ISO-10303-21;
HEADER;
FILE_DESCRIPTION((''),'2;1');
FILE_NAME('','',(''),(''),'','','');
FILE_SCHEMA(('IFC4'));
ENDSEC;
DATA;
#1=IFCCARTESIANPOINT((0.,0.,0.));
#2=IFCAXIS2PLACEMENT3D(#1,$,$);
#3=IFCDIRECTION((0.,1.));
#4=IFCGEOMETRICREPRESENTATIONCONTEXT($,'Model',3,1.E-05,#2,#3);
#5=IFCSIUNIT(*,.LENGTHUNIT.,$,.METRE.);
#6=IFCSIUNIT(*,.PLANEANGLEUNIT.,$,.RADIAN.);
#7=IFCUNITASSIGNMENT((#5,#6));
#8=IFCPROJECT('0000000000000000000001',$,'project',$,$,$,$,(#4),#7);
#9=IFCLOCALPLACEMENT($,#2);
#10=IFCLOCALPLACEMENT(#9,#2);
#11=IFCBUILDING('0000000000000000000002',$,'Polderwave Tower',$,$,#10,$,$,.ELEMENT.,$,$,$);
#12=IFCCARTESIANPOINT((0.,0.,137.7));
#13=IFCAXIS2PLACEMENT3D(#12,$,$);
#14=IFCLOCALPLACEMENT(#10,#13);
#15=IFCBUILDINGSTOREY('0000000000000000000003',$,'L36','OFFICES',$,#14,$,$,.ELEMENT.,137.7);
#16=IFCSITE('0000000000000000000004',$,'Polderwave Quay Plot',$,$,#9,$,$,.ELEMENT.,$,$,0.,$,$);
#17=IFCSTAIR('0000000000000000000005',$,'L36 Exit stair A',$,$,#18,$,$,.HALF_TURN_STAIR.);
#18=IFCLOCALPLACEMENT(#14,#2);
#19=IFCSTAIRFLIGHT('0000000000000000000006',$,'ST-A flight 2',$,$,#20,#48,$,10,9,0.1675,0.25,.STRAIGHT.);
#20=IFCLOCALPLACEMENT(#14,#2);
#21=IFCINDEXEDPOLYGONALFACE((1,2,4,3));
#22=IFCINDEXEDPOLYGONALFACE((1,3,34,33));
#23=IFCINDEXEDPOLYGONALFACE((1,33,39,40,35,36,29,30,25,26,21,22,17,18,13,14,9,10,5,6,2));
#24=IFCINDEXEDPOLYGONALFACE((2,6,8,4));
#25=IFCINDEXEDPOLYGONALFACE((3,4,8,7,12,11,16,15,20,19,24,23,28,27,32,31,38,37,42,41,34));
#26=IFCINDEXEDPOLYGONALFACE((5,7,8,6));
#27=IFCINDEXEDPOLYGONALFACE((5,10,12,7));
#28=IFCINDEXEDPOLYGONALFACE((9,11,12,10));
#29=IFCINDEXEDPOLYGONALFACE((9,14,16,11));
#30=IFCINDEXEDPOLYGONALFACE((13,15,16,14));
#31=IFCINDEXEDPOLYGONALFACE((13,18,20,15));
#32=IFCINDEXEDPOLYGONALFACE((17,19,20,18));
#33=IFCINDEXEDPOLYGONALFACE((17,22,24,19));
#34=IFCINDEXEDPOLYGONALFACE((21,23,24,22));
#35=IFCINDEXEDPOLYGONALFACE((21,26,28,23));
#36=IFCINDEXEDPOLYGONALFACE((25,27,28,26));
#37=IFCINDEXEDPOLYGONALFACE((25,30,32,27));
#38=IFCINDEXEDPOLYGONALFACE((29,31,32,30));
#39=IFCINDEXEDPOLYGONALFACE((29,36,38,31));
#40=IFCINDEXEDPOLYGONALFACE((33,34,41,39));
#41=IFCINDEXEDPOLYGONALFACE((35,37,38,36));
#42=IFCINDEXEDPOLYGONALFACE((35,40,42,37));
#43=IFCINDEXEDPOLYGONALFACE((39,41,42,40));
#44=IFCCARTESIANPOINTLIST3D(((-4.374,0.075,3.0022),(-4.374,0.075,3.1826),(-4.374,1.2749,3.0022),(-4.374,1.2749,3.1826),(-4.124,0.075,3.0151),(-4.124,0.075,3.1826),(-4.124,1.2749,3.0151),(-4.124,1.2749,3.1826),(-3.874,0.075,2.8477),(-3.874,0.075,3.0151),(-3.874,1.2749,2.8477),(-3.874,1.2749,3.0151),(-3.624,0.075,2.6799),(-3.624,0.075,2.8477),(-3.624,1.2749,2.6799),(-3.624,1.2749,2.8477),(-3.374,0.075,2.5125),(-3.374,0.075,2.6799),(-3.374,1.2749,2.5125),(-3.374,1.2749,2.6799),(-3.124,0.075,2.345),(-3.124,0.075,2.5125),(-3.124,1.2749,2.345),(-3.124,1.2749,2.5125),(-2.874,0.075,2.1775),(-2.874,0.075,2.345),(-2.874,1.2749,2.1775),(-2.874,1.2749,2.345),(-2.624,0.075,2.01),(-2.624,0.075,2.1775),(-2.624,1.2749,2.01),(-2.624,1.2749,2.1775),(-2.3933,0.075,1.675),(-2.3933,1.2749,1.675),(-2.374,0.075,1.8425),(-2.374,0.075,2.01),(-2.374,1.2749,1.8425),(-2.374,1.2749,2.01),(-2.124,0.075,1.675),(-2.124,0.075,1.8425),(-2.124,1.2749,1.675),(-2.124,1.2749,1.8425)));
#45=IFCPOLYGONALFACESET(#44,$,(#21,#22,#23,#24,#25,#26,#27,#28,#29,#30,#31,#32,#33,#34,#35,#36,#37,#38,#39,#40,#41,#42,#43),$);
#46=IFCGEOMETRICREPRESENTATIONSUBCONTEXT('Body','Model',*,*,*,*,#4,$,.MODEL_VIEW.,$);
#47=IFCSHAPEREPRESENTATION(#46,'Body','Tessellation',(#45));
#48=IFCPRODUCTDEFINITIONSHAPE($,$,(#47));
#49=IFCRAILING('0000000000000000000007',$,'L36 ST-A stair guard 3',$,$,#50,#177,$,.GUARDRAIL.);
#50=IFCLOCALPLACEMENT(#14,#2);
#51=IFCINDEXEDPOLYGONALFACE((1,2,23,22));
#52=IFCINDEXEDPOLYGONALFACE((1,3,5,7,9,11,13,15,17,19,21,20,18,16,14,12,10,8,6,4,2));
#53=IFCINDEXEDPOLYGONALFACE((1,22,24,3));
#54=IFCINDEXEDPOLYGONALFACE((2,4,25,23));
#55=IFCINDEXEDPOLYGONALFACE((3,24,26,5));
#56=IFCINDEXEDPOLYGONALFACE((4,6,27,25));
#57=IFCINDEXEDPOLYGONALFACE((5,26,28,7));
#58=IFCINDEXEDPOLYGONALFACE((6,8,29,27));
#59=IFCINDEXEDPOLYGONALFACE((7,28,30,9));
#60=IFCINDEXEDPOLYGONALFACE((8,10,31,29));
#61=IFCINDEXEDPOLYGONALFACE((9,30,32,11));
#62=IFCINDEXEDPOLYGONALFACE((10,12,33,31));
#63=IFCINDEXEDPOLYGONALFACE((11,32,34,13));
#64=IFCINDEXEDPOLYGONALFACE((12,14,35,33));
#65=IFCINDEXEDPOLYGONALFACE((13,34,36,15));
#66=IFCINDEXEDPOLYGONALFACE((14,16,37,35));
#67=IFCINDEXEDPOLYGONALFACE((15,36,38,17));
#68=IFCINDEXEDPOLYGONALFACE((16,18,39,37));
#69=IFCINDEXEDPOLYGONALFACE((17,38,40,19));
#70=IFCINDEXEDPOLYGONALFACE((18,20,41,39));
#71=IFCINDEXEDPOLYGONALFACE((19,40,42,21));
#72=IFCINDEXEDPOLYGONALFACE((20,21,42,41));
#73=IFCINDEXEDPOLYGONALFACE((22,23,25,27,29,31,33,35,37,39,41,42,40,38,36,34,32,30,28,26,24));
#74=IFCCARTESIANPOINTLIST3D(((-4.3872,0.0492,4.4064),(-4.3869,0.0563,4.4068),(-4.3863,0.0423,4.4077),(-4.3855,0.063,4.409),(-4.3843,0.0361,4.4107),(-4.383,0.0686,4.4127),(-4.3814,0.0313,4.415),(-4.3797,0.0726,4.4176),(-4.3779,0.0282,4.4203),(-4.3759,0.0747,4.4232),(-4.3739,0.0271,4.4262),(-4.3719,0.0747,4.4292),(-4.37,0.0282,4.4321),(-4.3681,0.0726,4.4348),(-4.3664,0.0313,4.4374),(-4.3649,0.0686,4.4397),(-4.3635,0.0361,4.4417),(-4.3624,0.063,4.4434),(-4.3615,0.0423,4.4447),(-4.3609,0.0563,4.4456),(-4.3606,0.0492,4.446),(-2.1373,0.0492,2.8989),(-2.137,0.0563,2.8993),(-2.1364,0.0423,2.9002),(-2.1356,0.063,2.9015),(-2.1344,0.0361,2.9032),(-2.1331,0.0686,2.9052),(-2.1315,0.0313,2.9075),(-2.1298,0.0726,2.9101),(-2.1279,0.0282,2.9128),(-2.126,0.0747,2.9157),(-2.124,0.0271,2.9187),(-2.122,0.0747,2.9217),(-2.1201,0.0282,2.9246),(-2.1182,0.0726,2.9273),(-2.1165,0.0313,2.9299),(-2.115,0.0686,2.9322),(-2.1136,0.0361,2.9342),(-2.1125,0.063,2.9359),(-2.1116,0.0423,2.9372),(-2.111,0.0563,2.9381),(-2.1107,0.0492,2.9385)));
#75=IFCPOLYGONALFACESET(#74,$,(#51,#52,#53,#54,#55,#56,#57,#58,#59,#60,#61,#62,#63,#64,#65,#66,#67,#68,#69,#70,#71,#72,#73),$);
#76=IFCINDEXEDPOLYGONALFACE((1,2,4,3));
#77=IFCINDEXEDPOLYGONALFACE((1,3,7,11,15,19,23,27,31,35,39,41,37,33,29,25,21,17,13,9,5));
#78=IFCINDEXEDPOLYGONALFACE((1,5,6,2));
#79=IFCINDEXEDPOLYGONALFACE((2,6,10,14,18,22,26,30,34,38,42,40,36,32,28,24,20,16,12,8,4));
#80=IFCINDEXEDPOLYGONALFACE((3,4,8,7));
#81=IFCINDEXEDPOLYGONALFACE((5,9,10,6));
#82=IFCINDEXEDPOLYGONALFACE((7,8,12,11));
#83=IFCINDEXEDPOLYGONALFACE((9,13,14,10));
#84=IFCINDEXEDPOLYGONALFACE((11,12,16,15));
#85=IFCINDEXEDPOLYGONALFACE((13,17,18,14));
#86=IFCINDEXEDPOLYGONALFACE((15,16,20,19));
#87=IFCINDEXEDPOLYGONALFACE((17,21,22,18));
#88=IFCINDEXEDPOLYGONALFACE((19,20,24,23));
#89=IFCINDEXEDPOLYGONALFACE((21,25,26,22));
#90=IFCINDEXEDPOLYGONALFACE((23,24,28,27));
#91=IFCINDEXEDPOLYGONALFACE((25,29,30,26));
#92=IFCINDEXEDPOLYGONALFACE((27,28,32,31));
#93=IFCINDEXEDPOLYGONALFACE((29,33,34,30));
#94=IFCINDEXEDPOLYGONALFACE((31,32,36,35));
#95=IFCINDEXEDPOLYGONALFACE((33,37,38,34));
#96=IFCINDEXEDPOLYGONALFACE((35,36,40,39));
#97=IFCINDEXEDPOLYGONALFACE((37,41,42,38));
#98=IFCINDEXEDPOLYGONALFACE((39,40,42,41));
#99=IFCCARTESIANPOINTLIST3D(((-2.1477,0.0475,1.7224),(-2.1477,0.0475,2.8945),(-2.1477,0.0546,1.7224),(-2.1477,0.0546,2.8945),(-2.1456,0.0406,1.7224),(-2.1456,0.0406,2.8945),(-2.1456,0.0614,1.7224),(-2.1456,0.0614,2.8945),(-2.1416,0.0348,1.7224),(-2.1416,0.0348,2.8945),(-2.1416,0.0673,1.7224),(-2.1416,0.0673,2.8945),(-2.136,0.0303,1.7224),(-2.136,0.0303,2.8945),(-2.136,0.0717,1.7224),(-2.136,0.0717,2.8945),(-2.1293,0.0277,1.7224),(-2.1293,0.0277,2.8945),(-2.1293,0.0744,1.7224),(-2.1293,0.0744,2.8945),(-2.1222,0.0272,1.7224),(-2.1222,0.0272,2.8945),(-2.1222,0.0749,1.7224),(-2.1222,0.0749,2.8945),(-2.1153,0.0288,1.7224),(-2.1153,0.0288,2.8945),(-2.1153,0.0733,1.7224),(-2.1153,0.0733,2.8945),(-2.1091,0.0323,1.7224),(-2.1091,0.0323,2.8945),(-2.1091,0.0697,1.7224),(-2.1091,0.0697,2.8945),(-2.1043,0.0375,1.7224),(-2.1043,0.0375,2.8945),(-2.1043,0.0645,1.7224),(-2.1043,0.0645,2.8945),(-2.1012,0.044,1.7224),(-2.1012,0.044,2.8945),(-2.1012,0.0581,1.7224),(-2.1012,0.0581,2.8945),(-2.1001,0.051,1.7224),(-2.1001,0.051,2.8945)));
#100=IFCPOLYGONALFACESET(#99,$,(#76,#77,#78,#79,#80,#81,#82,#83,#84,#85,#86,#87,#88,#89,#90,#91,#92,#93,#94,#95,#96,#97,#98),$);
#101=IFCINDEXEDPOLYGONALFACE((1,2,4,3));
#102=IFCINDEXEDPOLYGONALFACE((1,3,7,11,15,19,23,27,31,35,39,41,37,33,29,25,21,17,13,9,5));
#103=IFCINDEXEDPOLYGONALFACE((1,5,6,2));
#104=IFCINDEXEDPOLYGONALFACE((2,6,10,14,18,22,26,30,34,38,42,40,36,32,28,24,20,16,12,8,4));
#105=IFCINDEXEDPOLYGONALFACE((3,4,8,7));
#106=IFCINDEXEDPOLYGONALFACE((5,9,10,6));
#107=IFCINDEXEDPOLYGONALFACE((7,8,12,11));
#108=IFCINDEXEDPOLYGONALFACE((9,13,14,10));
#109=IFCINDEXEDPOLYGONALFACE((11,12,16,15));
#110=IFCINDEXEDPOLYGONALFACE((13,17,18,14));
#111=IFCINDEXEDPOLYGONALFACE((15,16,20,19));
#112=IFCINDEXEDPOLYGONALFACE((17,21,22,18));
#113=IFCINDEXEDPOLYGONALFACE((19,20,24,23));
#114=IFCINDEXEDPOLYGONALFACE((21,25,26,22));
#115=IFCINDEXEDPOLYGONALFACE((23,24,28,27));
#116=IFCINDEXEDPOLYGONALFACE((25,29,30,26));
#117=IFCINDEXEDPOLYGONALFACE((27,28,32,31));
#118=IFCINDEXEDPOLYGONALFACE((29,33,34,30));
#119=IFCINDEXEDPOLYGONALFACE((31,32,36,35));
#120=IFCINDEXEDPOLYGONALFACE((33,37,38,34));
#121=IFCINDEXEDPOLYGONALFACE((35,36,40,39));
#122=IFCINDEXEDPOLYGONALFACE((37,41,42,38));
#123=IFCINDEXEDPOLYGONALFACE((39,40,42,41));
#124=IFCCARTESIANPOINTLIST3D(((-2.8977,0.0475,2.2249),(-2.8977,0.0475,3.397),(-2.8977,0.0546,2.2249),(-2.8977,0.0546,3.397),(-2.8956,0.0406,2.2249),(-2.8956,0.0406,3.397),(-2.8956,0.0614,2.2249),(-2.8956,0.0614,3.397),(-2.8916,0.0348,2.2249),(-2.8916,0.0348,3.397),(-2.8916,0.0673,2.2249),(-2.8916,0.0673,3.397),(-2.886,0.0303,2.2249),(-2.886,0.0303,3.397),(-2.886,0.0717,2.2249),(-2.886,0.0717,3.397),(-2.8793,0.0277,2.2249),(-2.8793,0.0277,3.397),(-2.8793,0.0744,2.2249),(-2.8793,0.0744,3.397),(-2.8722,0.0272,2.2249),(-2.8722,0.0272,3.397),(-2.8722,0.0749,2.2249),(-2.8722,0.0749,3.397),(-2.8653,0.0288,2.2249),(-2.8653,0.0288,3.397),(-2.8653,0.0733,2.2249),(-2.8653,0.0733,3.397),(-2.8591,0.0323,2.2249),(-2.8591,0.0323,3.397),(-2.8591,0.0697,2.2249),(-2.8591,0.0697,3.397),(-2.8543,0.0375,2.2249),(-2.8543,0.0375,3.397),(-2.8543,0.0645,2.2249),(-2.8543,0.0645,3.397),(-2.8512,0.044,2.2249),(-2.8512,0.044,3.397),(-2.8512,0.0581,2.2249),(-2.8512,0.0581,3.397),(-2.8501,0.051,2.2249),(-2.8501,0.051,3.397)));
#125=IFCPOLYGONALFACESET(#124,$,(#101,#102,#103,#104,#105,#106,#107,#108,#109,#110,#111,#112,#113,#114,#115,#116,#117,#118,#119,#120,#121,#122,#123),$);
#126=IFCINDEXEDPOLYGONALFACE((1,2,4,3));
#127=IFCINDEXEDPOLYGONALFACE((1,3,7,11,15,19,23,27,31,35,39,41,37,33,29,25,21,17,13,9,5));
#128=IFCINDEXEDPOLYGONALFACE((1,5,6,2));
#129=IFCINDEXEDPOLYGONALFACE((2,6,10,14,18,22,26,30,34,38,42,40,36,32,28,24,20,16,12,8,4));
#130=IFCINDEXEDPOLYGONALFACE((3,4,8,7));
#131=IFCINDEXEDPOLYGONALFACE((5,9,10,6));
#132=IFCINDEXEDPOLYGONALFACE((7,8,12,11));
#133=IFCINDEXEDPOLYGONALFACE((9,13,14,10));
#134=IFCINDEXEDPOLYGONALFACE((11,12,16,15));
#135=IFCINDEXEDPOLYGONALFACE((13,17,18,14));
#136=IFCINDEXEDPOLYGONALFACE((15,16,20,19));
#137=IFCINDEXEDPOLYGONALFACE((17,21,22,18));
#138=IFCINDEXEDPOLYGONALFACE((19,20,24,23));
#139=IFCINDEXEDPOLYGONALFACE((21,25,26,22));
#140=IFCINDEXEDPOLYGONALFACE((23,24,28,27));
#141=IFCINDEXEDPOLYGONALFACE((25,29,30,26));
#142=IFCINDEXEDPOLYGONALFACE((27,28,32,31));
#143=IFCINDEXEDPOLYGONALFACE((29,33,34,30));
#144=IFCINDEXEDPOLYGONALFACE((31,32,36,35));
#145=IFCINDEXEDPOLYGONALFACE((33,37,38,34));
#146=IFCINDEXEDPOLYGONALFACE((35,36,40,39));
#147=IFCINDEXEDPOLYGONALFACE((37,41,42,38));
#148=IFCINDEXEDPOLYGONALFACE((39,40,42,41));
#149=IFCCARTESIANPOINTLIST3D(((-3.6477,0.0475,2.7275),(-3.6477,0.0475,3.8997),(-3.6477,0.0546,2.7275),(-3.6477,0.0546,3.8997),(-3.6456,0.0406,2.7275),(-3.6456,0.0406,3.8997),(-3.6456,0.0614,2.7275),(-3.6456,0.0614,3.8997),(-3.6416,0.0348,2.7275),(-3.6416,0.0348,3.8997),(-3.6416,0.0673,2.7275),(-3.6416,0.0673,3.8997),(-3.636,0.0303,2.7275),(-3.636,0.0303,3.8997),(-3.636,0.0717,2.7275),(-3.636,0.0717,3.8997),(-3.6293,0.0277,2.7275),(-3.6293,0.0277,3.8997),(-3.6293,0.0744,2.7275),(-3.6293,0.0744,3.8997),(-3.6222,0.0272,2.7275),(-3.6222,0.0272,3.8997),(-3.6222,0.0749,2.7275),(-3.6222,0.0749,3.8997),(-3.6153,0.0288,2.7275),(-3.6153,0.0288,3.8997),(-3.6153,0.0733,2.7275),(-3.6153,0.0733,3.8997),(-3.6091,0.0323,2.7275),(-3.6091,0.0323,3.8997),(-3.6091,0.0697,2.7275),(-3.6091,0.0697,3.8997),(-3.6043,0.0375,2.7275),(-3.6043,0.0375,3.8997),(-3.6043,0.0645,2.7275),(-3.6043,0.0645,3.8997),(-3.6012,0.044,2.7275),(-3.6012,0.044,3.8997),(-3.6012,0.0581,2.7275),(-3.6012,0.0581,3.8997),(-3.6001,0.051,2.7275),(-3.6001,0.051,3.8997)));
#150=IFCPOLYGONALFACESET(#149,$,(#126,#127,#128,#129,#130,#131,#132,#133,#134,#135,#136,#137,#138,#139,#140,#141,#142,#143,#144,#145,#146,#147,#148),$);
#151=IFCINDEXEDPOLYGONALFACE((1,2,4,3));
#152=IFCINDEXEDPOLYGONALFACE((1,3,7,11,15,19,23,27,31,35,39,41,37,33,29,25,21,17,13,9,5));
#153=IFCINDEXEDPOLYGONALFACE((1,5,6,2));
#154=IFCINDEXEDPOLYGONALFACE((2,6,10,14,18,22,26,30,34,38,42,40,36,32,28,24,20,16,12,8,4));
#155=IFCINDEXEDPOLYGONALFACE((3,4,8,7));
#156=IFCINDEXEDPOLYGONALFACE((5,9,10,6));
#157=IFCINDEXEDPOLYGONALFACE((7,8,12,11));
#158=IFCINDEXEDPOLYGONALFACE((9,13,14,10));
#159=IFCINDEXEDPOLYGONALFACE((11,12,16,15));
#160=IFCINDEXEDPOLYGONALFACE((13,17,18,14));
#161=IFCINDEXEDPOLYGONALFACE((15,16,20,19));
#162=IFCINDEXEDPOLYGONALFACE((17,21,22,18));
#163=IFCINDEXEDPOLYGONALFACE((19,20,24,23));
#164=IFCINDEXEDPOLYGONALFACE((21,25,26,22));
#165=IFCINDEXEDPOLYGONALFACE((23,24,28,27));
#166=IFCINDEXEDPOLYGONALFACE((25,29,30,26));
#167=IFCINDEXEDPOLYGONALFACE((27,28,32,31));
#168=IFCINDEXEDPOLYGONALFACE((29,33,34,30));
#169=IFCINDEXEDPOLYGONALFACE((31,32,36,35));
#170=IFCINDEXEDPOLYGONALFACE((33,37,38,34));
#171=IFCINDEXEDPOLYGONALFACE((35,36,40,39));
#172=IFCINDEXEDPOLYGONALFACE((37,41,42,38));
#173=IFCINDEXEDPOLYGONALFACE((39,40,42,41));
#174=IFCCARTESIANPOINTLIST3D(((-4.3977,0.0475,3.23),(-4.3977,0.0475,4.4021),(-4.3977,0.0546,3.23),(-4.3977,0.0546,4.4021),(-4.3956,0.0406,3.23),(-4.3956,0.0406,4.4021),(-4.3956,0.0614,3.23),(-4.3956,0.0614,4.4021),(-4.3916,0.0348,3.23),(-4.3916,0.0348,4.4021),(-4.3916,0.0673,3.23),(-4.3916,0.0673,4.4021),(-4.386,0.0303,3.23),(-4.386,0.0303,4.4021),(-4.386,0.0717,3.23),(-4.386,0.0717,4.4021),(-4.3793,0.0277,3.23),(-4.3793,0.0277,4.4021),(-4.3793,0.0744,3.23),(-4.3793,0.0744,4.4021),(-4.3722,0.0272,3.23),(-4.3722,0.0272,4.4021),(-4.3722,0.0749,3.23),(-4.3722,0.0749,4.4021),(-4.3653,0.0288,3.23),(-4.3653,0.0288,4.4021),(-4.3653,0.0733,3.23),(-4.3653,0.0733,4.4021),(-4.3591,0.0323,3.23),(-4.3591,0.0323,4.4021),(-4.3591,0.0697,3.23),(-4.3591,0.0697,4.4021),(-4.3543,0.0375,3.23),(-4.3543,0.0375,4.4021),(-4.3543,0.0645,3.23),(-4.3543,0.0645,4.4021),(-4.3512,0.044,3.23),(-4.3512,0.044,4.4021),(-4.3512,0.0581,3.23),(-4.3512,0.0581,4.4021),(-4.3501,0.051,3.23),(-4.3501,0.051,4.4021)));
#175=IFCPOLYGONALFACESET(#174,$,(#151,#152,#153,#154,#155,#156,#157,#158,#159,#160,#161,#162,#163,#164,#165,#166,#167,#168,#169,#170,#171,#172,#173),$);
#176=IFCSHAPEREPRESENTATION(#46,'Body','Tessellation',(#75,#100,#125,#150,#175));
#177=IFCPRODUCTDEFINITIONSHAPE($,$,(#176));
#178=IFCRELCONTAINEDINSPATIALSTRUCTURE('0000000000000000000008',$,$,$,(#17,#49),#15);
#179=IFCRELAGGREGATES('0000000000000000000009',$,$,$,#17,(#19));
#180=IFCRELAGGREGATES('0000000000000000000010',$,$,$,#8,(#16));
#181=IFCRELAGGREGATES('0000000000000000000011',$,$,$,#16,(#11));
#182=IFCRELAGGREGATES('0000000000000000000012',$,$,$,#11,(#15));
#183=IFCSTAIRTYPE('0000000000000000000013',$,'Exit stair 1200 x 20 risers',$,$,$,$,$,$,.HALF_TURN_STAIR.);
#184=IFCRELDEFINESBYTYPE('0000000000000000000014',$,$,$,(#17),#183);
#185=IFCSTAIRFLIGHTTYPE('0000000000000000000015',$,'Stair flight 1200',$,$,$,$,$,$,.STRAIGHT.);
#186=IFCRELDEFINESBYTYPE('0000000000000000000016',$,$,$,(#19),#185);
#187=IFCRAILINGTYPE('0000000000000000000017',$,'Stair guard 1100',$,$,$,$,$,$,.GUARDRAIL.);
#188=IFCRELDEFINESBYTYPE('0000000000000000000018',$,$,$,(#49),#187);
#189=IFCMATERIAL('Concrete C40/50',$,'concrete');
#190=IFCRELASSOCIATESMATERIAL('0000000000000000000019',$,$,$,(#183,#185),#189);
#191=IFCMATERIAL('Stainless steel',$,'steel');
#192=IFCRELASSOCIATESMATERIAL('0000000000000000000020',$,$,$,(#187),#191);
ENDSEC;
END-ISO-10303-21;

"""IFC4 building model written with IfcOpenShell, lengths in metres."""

from ifc_helpers import new_model, si_unit, direction, frame, origin, origin_2d, place, context, subcontext, project, spatial, polyline, circle, outline, extrude, material, type_object, element, aggregate, save


model = new_model("IFC4")

# Units and contexts
model_context = context("Model", 3, precision=1e-05, world=origin(), true_north=direction((0.0, 1.0)))
body_context = subcontext(model_context, "Body", "Model", "MODEL_VIEW")
ifc_project = project(units=[si_unit("LENGTHUNIT", "METRE"), si_unit("PLANEANGLEUNIT", "RADIAN")], contexts=[model_context])

# Site, building, storey
site_placement = place(None, origin())
site = spatial("IfcSite", under=ifc_project, at=site_placement, Name="Polderwave Quay Plot", CompositionType="ELEMENT", RefElevation=0.0)
building_placement = place(site_placement, origin())
building = spatial("IfcBuilding", under=site, at=building_placement, Name="Polderwave Tower", CompositionType="ELEMENT")
storey_placement = place(building_placement, frame((0.0, 0.0, 137.7)))
storey = spatial("IfcBuildingStorey", under=building, at=storey_placement, Name="L36", Description="OFFICES", CompositionType="ELEMENT", Elevation=137.7)

# Shared definitions
ifc_material_1 = material(Name="Stainless steel", Category="steel")

# Stair, stair flight
ifc_material_2 = material(Name="Concrete C40/50", Category="concrete")
stair_type = type_object("IfcStairType", Name="Exit stair 1200 x 20 risers", PredefinedType="HALF_TURN_STAIR", material=ifc_material_2)
stair_placement = place(storey_placement, origin())
stair = element("IfcStair", 1, at=stair_placement, inside=storey, type_object=stair_type, Name="L36 Exit stair A", PredefinedType="HALF_TURN_STAIR")
stair_flight_type = type_object("IfcStairFlightType", Name="Stair flight 1200", PredefinedType="STRAIGHT", material=ifc_material_2)
stair_flight_placement = place(storey_placement, frame((-2.124, 0.675, 1.675), z_axis=(0.0, 0.0, 1.0), x_axis=(-1.0, 0.0, 0.0)))
stair_flight = element("IfcStairFlight", 2, at=stair_flight_placement, type_object=stair_flight_type, Name="ST-A flight 2", NumberOfRisers=10, NumberOfTreads=9, PredefinedType="STRAIGHT", RiserHeight=0.1675, TreadLength=0.25, context=body_context, shape_type="SweptSolid", body=[
    extrude(outline(polyline([(0.0, 0.0), (0.0, 0.1675), (0.25, 0.1675), (0.25, 0.335), (0.5, 0.335), (0.5, 0.5024), (0.75, 0.5024), (0.75, 0.6699), (1.0, 0.6699), (1.0, 0.8374), (1.25, 0.8374), (1.25, 1.0049), (1.5, 1.0049), (1.5, 1.1726), (1.75, 1.1726), (1.75, 1.3401), (2.0, 1.3401), (2.0, 1.5076), (2.25, 1.5076), (2.25, 1.675), (2.25, 1.3271), (0.2693, 0.0), (0.0, 0.0)])), frame((0.0, 0.6001, 0.0), z_axis=(0.0, -1.0, 0.0), x_axis=(1.0, 0.0, 0.0)), (0.0, 0.0, 1.0), 1.2),
])
aggregate(stair, [stair_flight])

# Railing
railing_type_1 = type_object("IfcRailingType", Name="Stair guard 1100", PredefinedType="GUARDRAIL", material=ifc_material_1)
railing_1_placement = place(storey_placement, frame((-2.124, 0.051, 1.7224)))
element("IfcRailing", 3, at=railing_1_placement, inside=storey, type_object=railing_type_1, Name="L36 ST-A stair guard 3", PredefinedType="GUARDRAIL", context=body_context, shape_type="SweptSolid", body=[
    extrude(circle(Radius=0.0239, at=origin_2d()), frame((0.0, 0.0, 1.1963), z_axis=(-0.830758, 0.0, 0.556633), x_axis=(0.0, -1.0, 0.0)), (0.0, 0.0, 1.0), 2.7083),
    extrude(circle(Radius=0.0239, at=origin_2d()), origin(), (0.0, 0.0, 1.0), 1.1721),
    extrude(circle(Radius=0.0239, at=origin_2d()), frame((-0.75, 0.0, 0.5024)), (0.0, 0.0, 1.0), 1.1721),
    extrude(circle(Radius=0.0239, at=origin_2d()), frame((-1.5, 0.0, 1.0051)), (0.0, 0.0, 1.0), 1.1721),
    extrude(circle(Radius=0.0239, at=origin_2d()), frame((-2.25, 0.0, 1.5076)), (0.0, 0.0, 1.0), 1.1721),
])

save(model, "model.ifc")
